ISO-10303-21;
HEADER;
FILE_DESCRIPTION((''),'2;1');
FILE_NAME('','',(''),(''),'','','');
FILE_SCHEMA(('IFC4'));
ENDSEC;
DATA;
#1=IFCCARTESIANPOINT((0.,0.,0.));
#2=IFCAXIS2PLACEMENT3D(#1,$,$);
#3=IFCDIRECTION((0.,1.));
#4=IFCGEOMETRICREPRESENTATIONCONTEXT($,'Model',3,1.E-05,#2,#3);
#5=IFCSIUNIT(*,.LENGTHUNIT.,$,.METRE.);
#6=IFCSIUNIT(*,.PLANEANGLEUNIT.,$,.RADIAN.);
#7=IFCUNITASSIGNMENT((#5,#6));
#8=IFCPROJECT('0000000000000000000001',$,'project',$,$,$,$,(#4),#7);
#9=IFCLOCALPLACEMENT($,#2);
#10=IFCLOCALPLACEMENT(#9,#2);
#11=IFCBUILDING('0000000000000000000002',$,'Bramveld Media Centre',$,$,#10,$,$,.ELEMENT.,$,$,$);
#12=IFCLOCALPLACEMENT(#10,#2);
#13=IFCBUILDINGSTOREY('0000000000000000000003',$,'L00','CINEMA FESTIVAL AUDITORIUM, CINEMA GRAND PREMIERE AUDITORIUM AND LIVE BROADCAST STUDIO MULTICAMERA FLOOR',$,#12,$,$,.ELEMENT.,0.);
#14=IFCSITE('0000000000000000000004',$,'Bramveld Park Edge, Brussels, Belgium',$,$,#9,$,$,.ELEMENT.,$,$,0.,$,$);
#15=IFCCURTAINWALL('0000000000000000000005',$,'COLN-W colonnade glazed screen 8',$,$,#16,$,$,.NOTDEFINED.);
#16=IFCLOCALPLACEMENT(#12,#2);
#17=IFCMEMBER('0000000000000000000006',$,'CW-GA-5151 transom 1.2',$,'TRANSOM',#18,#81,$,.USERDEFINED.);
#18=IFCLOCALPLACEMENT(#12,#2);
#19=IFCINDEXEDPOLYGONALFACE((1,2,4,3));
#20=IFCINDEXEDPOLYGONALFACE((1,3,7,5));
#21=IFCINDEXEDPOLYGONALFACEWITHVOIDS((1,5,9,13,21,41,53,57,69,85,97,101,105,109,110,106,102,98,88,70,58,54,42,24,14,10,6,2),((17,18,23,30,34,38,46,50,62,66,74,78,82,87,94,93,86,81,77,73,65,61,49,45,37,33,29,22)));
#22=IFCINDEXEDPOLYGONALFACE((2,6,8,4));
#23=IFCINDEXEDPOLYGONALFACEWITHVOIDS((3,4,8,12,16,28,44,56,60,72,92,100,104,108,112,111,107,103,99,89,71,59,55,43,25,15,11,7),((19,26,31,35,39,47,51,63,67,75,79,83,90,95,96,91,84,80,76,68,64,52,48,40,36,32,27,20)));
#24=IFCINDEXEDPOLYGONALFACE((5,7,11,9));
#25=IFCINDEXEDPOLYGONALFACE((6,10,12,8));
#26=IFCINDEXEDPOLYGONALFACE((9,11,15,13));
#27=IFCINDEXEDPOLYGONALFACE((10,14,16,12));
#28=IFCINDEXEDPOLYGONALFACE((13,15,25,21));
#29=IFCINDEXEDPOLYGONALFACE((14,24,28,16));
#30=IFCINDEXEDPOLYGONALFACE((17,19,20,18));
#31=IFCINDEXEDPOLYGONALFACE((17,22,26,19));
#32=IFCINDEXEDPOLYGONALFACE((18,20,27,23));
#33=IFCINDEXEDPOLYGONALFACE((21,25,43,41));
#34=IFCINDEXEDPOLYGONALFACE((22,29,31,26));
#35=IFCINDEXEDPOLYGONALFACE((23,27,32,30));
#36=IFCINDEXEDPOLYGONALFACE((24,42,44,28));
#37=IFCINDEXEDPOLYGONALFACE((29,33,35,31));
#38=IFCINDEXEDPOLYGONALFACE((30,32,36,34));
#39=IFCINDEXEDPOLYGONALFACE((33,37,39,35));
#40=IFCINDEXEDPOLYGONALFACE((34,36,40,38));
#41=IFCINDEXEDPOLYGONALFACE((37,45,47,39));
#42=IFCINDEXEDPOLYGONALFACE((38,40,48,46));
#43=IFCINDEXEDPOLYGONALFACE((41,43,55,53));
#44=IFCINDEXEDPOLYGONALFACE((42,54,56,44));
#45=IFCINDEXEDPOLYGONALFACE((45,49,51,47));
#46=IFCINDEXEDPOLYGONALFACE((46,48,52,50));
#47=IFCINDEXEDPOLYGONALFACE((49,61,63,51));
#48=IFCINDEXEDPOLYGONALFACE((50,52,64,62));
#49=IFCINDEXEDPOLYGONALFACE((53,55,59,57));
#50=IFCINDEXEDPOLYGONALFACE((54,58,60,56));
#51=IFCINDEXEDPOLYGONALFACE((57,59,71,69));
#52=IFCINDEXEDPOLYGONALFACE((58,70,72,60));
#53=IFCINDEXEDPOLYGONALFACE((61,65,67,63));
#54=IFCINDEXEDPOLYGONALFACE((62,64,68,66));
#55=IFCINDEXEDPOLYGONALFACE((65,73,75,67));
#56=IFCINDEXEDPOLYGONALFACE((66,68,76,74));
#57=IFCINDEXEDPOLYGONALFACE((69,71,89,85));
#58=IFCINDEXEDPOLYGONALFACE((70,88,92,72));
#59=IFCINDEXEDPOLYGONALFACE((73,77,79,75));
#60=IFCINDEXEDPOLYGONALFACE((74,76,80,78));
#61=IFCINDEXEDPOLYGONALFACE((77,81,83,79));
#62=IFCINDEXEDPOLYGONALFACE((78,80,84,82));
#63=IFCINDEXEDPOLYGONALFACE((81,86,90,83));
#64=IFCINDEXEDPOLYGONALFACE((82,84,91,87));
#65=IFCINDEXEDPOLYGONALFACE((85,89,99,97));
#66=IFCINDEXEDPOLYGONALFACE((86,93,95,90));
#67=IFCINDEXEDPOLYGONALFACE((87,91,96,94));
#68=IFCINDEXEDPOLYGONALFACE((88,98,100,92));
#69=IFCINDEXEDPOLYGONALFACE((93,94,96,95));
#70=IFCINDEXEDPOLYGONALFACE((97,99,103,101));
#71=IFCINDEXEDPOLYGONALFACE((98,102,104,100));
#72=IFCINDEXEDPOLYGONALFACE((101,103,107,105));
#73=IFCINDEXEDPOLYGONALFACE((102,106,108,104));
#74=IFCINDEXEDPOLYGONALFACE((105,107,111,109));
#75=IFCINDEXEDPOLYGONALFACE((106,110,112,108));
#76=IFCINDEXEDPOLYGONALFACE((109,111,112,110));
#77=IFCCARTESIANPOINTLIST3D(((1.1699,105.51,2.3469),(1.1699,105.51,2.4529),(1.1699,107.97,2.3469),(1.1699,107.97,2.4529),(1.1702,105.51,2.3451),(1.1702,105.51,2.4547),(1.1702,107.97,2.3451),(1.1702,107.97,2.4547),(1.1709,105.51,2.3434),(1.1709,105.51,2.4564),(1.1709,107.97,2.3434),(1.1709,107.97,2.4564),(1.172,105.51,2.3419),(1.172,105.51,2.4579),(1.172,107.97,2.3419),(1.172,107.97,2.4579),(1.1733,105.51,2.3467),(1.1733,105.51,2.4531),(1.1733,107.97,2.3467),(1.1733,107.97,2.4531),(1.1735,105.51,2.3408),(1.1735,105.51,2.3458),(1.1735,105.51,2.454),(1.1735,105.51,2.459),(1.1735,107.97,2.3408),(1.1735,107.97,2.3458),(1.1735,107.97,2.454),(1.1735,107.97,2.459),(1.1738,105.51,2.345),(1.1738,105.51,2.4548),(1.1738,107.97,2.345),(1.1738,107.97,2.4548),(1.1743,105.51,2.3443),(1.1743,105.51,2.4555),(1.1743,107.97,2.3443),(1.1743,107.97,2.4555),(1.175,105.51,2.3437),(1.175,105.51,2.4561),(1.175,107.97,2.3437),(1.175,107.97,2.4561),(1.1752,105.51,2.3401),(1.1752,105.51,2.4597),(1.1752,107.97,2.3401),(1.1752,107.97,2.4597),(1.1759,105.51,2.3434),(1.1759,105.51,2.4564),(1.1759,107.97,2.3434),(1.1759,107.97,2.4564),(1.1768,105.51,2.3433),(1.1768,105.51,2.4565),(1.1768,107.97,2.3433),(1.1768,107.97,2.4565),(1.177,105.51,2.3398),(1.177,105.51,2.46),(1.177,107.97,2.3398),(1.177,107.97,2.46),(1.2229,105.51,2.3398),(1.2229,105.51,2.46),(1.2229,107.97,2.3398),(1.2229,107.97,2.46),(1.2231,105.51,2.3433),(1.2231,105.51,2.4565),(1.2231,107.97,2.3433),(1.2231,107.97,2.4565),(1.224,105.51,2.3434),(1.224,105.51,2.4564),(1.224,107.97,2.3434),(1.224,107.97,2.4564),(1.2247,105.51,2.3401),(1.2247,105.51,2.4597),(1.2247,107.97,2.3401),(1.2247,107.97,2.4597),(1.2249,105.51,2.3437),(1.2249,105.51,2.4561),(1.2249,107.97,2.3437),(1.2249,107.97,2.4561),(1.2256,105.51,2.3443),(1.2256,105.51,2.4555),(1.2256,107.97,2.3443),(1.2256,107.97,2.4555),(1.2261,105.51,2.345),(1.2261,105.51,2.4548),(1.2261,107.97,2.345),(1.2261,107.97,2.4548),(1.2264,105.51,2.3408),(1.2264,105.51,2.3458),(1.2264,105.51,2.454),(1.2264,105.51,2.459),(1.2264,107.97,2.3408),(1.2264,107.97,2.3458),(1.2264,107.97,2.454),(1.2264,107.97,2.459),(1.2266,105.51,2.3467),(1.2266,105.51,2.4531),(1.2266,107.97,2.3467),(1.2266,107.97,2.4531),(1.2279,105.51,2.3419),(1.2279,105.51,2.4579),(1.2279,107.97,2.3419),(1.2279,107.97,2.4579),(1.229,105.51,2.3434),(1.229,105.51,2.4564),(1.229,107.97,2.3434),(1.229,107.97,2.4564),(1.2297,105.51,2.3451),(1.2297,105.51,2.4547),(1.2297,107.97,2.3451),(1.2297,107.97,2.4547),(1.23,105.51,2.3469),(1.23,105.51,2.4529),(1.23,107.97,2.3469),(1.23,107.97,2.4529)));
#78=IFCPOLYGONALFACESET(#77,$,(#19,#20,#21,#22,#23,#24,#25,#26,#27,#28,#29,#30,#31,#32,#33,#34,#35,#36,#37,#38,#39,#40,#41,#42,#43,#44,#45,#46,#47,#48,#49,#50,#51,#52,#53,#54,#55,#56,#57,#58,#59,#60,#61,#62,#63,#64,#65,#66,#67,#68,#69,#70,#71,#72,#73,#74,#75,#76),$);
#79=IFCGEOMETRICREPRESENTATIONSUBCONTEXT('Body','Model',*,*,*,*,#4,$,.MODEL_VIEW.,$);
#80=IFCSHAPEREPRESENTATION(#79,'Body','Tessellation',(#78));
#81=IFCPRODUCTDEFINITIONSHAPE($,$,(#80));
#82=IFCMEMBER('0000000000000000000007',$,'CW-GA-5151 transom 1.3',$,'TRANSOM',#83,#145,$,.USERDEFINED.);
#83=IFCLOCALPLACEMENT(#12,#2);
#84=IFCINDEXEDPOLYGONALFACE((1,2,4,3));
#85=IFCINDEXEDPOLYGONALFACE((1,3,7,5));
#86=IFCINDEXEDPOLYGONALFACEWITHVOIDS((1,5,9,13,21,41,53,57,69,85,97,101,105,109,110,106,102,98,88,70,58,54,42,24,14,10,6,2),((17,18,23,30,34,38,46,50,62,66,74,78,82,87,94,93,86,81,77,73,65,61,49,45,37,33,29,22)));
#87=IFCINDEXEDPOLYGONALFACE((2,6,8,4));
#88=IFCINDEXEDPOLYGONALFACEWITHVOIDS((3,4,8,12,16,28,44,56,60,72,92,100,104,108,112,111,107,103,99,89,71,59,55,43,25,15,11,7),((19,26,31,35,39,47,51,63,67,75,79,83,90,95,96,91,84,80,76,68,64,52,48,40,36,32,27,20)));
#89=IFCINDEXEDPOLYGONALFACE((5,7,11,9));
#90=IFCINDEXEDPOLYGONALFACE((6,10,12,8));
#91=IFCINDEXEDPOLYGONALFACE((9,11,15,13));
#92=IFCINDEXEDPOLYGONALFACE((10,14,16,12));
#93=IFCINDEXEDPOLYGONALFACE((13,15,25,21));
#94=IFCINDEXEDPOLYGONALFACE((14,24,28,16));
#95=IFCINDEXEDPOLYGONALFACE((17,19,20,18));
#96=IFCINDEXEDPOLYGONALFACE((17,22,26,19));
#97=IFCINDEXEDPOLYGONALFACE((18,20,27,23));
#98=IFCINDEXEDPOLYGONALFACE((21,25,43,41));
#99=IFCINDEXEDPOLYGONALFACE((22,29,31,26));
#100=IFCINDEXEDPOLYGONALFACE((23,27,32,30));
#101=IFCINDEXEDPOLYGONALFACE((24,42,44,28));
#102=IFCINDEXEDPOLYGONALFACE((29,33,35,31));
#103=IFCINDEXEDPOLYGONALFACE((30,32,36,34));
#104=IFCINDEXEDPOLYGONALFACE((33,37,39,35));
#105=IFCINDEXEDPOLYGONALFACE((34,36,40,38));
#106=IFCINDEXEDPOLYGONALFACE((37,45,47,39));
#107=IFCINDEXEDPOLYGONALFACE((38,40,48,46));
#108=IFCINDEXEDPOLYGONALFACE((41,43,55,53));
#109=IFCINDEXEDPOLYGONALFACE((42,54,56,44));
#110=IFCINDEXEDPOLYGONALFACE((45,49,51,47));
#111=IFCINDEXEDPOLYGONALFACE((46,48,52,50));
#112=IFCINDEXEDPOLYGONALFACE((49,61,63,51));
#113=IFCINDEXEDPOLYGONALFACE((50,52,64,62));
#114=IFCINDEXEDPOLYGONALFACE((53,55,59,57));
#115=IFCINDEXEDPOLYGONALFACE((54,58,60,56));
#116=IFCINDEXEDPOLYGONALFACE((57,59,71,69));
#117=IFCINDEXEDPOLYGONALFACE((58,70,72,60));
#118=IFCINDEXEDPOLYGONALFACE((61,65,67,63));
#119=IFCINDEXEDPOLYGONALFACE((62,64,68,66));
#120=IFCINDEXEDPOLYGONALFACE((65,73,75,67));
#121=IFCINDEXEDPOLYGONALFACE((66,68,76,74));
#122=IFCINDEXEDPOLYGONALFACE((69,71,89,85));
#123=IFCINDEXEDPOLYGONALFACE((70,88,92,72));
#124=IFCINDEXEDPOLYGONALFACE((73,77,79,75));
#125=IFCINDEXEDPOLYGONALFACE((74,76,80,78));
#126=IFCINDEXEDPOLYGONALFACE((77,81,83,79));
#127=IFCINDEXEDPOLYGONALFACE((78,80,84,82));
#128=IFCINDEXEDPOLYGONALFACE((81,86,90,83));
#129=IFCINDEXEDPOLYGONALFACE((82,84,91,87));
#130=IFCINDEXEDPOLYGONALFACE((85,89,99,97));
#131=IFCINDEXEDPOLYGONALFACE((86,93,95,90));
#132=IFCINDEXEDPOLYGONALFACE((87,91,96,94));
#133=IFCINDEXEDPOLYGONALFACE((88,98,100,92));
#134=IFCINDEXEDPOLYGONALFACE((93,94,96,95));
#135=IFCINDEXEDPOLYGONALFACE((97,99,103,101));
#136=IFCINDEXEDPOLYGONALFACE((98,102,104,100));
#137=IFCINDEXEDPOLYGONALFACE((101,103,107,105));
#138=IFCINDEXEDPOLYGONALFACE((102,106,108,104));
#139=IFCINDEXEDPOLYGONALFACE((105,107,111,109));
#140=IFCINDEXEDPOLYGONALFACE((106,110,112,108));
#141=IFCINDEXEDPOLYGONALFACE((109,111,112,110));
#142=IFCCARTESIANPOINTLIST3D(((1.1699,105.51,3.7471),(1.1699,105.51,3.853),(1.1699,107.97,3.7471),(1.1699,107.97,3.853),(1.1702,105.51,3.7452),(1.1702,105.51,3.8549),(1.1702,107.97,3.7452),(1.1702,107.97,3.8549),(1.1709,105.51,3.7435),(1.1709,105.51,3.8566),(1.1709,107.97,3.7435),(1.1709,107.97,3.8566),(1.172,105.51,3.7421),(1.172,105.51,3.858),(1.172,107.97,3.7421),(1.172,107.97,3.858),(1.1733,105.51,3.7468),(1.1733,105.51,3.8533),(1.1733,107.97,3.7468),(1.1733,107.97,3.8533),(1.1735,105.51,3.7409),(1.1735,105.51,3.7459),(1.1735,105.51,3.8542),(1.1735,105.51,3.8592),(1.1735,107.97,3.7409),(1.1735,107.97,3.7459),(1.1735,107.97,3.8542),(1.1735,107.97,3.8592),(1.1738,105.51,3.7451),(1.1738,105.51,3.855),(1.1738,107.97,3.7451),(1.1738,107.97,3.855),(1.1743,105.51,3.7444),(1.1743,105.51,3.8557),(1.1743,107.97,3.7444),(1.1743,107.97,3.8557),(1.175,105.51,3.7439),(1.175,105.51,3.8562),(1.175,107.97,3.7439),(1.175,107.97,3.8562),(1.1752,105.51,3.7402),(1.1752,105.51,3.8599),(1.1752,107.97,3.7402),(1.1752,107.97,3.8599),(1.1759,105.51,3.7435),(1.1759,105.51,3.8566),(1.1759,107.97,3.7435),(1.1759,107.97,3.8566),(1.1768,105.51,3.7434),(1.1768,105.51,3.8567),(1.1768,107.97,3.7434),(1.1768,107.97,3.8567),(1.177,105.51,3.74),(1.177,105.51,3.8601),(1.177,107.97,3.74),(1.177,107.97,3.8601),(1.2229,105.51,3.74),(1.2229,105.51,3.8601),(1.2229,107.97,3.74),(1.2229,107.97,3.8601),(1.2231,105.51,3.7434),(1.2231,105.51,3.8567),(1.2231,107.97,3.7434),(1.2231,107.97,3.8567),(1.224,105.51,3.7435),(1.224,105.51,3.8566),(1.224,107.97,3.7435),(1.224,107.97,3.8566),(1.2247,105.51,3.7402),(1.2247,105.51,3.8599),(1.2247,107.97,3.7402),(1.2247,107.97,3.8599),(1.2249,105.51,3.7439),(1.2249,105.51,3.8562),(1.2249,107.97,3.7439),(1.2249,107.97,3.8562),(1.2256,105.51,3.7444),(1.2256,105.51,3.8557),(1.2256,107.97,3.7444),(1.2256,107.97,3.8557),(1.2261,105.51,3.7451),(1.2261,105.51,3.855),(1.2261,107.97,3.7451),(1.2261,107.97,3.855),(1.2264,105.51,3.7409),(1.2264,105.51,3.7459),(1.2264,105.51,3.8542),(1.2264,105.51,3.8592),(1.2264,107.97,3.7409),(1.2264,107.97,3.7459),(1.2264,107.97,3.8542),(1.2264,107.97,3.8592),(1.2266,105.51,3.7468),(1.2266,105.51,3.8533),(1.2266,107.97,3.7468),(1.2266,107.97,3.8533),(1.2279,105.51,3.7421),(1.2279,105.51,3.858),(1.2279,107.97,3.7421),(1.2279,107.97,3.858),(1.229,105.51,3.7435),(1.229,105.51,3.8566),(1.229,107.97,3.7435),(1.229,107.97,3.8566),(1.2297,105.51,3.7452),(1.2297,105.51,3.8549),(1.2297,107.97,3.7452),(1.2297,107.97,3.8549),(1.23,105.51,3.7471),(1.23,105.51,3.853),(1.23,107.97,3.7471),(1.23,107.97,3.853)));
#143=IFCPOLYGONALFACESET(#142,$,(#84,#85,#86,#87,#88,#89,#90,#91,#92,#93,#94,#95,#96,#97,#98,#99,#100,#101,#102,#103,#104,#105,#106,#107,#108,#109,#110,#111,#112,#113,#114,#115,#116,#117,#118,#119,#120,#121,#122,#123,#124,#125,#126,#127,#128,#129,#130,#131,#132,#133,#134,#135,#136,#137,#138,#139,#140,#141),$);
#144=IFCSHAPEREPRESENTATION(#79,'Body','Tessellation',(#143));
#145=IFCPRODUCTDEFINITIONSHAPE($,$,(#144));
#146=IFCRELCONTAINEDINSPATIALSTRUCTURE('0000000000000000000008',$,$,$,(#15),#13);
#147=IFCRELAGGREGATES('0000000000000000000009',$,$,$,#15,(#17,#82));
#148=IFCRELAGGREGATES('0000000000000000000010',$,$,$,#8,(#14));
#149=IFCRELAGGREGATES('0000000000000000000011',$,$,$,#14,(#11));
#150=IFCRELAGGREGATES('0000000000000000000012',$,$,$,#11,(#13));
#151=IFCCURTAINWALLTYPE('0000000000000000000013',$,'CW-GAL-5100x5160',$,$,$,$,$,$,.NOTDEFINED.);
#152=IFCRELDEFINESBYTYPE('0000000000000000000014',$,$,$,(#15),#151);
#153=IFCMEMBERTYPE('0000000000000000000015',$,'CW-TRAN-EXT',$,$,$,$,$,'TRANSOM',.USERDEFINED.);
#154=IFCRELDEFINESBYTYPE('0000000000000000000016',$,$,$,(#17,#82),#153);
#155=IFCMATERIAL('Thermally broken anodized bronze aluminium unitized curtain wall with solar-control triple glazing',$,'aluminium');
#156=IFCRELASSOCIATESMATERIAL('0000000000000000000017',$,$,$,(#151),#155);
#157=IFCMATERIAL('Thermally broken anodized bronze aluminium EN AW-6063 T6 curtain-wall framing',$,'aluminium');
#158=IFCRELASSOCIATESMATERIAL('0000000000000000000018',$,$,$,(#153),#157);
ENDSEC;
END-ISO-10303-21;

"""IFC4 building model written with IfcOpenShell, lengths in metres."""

from ifc_helpers import new_model, si_unit, direction, frame, origin, origin_2d, place, context, subcontext, project, spatial, hollow_rectangle, extrude, material, material_profile, profile_set, type_object, element, aggregate, save


model = new_model("IFC4")

# Units and contexts
model_context = context("Model", 3, precision=1e-05, world=origin(), true_north=direction((0.0, 1.0)))
body_context = subcontext(model_context, "Body", "Model", "MODEL_VIEW")
ifc_project = project(units=[si_unit("LENGTHUNIT", "METRE"), si_unit("PLANEANGLEUNIT", "RADIAN")], contexts=[model_context])

# Site, building, storey
site_placement = place(None, origin())
site = spatial("IfcSite", under=ifc_project, at=site_placement, Name="Bramveld Park Edge, Brussels, Belgium", CompositionType="ELEMENT", RefElevation=0.0)
building_placement = place(site_placement, origin())
building = spatial("IfcBuilding", under=site, at=building_placement, Name="Bramveld Media Centre", CompositionType="ELEMENT")
storey_placement = place(building_placement, origin())
storey = spatial("IfcBuildingStorey", under=building, at=storey_placement, Name="L00", Description="CINEMA FESTIVAL AUDITORIUM, CINEMA GRAND PREMIERE AUDITORIUM AND LIVE BROADCAST STUDIO MULTICAMERA FLOOR", CompositionType="ELEMENT", Elevation=0.0)

# Shared definitions
ifc_material_1 = material(Name="Thermally broken anodized bronze aluminium unitized curtain wall with solar-control triple glazing", Category="aluminium")
curtain_wall_type = type_object("IfcCurtainWallType", Name="CW-GAL-5100x5160", PredefinedType="NOTDEFINED", material=ifc_material_1)

# Curtain wall
curtain_wall_1_placement = place(storey_placement, origin())
curtain_wall_1 = element("IfcCurtainWall", 1, at=curtain_wall_1_placement, inside=storey, type_object=curtain_wall_type, Name="COLN-W colonnade glazed screen 8", PredefinedType="NOTDEFINED")

# Members
ifc_material_2 = material(Name="Thermally broken anodized bronze aluminium EN AW-6063 T6 curtain-wall framing", Category="aluminium")
ifc_material_profile_1 = material_profile(ifc_material_2, hollow_rectangle(XDim=0.0601, YDim=0.1201, WallThickness=0.0034, InnerFilletRadius=0.0034, OuterFilletRadius=0.0071, at=origin_2d()), Name="AL-TRAN 60x120")
ifc_profile_set_1 = profile_set([ifc_material_profile_1], Name="Thermally broken anodized bronze aluminium EN AW-6063 T6 curtain-wall framing")
member_type_1 = type_object("IfcMemberType", Name="CW-TRAN-EXT", ElementType="TRANSOM", PredefinedType="USERDEFINED", material=ifc_profile_set_1)
member_1_placement = place(storey_placement, frame((1.2, 105.51, 2.3999), z_axis=(0.0, 1.0, 0.0), x_axis=(-1.0, 0.0, 0.0)))
member_1 = element("IfcMember", 2, at=member_1_placement, type_object=member_type_1, Name="CW-GA-5151 transom 1.2", ObjectType="TRANSOM", PredefinedType="USERDEFINED", context=body_context, shape_type="SweptSolid", body=[
    extrude(hollow_rectangle(XDim=0.0601, YDim=0.1201, WallThickness=0.0034, InnerFilletRadius=0.0034, OuterFilletRadius=0.0071, at=origin_2d()), origin(), (0.0, 0.0, 1.0), 2.46),
])
member_2_placement = place(storey_placement, frame((1.2, 105.51, 3.8), z_axis=(0.0, 1.0, 0.0), x_axis=(-1.0, 0.0, 0.0)))
member_2 = element("IfcMember", 3, at=member_2_placement, type_object=member_type_1, Name="CW-GA-5151 transom 1.3", ObjectType="TRANSOM", PredefinedType="USERDEFINED", context=body_context, shape_type="SweptSolid", body=[
    extrude(hollow_rectangle(XDim=0.0601, YDim=0.1201, WallThickness=0.0034, InnerFilletRadius=0.0034, OuterFilletRadius=0.0071, at=origin_2d()), origin(), (0.0, 0.0, 1.0), 2.46),
])

aggregate(curtain_wall_1, [member_1, member_2])

save(model, "model.ifc")
